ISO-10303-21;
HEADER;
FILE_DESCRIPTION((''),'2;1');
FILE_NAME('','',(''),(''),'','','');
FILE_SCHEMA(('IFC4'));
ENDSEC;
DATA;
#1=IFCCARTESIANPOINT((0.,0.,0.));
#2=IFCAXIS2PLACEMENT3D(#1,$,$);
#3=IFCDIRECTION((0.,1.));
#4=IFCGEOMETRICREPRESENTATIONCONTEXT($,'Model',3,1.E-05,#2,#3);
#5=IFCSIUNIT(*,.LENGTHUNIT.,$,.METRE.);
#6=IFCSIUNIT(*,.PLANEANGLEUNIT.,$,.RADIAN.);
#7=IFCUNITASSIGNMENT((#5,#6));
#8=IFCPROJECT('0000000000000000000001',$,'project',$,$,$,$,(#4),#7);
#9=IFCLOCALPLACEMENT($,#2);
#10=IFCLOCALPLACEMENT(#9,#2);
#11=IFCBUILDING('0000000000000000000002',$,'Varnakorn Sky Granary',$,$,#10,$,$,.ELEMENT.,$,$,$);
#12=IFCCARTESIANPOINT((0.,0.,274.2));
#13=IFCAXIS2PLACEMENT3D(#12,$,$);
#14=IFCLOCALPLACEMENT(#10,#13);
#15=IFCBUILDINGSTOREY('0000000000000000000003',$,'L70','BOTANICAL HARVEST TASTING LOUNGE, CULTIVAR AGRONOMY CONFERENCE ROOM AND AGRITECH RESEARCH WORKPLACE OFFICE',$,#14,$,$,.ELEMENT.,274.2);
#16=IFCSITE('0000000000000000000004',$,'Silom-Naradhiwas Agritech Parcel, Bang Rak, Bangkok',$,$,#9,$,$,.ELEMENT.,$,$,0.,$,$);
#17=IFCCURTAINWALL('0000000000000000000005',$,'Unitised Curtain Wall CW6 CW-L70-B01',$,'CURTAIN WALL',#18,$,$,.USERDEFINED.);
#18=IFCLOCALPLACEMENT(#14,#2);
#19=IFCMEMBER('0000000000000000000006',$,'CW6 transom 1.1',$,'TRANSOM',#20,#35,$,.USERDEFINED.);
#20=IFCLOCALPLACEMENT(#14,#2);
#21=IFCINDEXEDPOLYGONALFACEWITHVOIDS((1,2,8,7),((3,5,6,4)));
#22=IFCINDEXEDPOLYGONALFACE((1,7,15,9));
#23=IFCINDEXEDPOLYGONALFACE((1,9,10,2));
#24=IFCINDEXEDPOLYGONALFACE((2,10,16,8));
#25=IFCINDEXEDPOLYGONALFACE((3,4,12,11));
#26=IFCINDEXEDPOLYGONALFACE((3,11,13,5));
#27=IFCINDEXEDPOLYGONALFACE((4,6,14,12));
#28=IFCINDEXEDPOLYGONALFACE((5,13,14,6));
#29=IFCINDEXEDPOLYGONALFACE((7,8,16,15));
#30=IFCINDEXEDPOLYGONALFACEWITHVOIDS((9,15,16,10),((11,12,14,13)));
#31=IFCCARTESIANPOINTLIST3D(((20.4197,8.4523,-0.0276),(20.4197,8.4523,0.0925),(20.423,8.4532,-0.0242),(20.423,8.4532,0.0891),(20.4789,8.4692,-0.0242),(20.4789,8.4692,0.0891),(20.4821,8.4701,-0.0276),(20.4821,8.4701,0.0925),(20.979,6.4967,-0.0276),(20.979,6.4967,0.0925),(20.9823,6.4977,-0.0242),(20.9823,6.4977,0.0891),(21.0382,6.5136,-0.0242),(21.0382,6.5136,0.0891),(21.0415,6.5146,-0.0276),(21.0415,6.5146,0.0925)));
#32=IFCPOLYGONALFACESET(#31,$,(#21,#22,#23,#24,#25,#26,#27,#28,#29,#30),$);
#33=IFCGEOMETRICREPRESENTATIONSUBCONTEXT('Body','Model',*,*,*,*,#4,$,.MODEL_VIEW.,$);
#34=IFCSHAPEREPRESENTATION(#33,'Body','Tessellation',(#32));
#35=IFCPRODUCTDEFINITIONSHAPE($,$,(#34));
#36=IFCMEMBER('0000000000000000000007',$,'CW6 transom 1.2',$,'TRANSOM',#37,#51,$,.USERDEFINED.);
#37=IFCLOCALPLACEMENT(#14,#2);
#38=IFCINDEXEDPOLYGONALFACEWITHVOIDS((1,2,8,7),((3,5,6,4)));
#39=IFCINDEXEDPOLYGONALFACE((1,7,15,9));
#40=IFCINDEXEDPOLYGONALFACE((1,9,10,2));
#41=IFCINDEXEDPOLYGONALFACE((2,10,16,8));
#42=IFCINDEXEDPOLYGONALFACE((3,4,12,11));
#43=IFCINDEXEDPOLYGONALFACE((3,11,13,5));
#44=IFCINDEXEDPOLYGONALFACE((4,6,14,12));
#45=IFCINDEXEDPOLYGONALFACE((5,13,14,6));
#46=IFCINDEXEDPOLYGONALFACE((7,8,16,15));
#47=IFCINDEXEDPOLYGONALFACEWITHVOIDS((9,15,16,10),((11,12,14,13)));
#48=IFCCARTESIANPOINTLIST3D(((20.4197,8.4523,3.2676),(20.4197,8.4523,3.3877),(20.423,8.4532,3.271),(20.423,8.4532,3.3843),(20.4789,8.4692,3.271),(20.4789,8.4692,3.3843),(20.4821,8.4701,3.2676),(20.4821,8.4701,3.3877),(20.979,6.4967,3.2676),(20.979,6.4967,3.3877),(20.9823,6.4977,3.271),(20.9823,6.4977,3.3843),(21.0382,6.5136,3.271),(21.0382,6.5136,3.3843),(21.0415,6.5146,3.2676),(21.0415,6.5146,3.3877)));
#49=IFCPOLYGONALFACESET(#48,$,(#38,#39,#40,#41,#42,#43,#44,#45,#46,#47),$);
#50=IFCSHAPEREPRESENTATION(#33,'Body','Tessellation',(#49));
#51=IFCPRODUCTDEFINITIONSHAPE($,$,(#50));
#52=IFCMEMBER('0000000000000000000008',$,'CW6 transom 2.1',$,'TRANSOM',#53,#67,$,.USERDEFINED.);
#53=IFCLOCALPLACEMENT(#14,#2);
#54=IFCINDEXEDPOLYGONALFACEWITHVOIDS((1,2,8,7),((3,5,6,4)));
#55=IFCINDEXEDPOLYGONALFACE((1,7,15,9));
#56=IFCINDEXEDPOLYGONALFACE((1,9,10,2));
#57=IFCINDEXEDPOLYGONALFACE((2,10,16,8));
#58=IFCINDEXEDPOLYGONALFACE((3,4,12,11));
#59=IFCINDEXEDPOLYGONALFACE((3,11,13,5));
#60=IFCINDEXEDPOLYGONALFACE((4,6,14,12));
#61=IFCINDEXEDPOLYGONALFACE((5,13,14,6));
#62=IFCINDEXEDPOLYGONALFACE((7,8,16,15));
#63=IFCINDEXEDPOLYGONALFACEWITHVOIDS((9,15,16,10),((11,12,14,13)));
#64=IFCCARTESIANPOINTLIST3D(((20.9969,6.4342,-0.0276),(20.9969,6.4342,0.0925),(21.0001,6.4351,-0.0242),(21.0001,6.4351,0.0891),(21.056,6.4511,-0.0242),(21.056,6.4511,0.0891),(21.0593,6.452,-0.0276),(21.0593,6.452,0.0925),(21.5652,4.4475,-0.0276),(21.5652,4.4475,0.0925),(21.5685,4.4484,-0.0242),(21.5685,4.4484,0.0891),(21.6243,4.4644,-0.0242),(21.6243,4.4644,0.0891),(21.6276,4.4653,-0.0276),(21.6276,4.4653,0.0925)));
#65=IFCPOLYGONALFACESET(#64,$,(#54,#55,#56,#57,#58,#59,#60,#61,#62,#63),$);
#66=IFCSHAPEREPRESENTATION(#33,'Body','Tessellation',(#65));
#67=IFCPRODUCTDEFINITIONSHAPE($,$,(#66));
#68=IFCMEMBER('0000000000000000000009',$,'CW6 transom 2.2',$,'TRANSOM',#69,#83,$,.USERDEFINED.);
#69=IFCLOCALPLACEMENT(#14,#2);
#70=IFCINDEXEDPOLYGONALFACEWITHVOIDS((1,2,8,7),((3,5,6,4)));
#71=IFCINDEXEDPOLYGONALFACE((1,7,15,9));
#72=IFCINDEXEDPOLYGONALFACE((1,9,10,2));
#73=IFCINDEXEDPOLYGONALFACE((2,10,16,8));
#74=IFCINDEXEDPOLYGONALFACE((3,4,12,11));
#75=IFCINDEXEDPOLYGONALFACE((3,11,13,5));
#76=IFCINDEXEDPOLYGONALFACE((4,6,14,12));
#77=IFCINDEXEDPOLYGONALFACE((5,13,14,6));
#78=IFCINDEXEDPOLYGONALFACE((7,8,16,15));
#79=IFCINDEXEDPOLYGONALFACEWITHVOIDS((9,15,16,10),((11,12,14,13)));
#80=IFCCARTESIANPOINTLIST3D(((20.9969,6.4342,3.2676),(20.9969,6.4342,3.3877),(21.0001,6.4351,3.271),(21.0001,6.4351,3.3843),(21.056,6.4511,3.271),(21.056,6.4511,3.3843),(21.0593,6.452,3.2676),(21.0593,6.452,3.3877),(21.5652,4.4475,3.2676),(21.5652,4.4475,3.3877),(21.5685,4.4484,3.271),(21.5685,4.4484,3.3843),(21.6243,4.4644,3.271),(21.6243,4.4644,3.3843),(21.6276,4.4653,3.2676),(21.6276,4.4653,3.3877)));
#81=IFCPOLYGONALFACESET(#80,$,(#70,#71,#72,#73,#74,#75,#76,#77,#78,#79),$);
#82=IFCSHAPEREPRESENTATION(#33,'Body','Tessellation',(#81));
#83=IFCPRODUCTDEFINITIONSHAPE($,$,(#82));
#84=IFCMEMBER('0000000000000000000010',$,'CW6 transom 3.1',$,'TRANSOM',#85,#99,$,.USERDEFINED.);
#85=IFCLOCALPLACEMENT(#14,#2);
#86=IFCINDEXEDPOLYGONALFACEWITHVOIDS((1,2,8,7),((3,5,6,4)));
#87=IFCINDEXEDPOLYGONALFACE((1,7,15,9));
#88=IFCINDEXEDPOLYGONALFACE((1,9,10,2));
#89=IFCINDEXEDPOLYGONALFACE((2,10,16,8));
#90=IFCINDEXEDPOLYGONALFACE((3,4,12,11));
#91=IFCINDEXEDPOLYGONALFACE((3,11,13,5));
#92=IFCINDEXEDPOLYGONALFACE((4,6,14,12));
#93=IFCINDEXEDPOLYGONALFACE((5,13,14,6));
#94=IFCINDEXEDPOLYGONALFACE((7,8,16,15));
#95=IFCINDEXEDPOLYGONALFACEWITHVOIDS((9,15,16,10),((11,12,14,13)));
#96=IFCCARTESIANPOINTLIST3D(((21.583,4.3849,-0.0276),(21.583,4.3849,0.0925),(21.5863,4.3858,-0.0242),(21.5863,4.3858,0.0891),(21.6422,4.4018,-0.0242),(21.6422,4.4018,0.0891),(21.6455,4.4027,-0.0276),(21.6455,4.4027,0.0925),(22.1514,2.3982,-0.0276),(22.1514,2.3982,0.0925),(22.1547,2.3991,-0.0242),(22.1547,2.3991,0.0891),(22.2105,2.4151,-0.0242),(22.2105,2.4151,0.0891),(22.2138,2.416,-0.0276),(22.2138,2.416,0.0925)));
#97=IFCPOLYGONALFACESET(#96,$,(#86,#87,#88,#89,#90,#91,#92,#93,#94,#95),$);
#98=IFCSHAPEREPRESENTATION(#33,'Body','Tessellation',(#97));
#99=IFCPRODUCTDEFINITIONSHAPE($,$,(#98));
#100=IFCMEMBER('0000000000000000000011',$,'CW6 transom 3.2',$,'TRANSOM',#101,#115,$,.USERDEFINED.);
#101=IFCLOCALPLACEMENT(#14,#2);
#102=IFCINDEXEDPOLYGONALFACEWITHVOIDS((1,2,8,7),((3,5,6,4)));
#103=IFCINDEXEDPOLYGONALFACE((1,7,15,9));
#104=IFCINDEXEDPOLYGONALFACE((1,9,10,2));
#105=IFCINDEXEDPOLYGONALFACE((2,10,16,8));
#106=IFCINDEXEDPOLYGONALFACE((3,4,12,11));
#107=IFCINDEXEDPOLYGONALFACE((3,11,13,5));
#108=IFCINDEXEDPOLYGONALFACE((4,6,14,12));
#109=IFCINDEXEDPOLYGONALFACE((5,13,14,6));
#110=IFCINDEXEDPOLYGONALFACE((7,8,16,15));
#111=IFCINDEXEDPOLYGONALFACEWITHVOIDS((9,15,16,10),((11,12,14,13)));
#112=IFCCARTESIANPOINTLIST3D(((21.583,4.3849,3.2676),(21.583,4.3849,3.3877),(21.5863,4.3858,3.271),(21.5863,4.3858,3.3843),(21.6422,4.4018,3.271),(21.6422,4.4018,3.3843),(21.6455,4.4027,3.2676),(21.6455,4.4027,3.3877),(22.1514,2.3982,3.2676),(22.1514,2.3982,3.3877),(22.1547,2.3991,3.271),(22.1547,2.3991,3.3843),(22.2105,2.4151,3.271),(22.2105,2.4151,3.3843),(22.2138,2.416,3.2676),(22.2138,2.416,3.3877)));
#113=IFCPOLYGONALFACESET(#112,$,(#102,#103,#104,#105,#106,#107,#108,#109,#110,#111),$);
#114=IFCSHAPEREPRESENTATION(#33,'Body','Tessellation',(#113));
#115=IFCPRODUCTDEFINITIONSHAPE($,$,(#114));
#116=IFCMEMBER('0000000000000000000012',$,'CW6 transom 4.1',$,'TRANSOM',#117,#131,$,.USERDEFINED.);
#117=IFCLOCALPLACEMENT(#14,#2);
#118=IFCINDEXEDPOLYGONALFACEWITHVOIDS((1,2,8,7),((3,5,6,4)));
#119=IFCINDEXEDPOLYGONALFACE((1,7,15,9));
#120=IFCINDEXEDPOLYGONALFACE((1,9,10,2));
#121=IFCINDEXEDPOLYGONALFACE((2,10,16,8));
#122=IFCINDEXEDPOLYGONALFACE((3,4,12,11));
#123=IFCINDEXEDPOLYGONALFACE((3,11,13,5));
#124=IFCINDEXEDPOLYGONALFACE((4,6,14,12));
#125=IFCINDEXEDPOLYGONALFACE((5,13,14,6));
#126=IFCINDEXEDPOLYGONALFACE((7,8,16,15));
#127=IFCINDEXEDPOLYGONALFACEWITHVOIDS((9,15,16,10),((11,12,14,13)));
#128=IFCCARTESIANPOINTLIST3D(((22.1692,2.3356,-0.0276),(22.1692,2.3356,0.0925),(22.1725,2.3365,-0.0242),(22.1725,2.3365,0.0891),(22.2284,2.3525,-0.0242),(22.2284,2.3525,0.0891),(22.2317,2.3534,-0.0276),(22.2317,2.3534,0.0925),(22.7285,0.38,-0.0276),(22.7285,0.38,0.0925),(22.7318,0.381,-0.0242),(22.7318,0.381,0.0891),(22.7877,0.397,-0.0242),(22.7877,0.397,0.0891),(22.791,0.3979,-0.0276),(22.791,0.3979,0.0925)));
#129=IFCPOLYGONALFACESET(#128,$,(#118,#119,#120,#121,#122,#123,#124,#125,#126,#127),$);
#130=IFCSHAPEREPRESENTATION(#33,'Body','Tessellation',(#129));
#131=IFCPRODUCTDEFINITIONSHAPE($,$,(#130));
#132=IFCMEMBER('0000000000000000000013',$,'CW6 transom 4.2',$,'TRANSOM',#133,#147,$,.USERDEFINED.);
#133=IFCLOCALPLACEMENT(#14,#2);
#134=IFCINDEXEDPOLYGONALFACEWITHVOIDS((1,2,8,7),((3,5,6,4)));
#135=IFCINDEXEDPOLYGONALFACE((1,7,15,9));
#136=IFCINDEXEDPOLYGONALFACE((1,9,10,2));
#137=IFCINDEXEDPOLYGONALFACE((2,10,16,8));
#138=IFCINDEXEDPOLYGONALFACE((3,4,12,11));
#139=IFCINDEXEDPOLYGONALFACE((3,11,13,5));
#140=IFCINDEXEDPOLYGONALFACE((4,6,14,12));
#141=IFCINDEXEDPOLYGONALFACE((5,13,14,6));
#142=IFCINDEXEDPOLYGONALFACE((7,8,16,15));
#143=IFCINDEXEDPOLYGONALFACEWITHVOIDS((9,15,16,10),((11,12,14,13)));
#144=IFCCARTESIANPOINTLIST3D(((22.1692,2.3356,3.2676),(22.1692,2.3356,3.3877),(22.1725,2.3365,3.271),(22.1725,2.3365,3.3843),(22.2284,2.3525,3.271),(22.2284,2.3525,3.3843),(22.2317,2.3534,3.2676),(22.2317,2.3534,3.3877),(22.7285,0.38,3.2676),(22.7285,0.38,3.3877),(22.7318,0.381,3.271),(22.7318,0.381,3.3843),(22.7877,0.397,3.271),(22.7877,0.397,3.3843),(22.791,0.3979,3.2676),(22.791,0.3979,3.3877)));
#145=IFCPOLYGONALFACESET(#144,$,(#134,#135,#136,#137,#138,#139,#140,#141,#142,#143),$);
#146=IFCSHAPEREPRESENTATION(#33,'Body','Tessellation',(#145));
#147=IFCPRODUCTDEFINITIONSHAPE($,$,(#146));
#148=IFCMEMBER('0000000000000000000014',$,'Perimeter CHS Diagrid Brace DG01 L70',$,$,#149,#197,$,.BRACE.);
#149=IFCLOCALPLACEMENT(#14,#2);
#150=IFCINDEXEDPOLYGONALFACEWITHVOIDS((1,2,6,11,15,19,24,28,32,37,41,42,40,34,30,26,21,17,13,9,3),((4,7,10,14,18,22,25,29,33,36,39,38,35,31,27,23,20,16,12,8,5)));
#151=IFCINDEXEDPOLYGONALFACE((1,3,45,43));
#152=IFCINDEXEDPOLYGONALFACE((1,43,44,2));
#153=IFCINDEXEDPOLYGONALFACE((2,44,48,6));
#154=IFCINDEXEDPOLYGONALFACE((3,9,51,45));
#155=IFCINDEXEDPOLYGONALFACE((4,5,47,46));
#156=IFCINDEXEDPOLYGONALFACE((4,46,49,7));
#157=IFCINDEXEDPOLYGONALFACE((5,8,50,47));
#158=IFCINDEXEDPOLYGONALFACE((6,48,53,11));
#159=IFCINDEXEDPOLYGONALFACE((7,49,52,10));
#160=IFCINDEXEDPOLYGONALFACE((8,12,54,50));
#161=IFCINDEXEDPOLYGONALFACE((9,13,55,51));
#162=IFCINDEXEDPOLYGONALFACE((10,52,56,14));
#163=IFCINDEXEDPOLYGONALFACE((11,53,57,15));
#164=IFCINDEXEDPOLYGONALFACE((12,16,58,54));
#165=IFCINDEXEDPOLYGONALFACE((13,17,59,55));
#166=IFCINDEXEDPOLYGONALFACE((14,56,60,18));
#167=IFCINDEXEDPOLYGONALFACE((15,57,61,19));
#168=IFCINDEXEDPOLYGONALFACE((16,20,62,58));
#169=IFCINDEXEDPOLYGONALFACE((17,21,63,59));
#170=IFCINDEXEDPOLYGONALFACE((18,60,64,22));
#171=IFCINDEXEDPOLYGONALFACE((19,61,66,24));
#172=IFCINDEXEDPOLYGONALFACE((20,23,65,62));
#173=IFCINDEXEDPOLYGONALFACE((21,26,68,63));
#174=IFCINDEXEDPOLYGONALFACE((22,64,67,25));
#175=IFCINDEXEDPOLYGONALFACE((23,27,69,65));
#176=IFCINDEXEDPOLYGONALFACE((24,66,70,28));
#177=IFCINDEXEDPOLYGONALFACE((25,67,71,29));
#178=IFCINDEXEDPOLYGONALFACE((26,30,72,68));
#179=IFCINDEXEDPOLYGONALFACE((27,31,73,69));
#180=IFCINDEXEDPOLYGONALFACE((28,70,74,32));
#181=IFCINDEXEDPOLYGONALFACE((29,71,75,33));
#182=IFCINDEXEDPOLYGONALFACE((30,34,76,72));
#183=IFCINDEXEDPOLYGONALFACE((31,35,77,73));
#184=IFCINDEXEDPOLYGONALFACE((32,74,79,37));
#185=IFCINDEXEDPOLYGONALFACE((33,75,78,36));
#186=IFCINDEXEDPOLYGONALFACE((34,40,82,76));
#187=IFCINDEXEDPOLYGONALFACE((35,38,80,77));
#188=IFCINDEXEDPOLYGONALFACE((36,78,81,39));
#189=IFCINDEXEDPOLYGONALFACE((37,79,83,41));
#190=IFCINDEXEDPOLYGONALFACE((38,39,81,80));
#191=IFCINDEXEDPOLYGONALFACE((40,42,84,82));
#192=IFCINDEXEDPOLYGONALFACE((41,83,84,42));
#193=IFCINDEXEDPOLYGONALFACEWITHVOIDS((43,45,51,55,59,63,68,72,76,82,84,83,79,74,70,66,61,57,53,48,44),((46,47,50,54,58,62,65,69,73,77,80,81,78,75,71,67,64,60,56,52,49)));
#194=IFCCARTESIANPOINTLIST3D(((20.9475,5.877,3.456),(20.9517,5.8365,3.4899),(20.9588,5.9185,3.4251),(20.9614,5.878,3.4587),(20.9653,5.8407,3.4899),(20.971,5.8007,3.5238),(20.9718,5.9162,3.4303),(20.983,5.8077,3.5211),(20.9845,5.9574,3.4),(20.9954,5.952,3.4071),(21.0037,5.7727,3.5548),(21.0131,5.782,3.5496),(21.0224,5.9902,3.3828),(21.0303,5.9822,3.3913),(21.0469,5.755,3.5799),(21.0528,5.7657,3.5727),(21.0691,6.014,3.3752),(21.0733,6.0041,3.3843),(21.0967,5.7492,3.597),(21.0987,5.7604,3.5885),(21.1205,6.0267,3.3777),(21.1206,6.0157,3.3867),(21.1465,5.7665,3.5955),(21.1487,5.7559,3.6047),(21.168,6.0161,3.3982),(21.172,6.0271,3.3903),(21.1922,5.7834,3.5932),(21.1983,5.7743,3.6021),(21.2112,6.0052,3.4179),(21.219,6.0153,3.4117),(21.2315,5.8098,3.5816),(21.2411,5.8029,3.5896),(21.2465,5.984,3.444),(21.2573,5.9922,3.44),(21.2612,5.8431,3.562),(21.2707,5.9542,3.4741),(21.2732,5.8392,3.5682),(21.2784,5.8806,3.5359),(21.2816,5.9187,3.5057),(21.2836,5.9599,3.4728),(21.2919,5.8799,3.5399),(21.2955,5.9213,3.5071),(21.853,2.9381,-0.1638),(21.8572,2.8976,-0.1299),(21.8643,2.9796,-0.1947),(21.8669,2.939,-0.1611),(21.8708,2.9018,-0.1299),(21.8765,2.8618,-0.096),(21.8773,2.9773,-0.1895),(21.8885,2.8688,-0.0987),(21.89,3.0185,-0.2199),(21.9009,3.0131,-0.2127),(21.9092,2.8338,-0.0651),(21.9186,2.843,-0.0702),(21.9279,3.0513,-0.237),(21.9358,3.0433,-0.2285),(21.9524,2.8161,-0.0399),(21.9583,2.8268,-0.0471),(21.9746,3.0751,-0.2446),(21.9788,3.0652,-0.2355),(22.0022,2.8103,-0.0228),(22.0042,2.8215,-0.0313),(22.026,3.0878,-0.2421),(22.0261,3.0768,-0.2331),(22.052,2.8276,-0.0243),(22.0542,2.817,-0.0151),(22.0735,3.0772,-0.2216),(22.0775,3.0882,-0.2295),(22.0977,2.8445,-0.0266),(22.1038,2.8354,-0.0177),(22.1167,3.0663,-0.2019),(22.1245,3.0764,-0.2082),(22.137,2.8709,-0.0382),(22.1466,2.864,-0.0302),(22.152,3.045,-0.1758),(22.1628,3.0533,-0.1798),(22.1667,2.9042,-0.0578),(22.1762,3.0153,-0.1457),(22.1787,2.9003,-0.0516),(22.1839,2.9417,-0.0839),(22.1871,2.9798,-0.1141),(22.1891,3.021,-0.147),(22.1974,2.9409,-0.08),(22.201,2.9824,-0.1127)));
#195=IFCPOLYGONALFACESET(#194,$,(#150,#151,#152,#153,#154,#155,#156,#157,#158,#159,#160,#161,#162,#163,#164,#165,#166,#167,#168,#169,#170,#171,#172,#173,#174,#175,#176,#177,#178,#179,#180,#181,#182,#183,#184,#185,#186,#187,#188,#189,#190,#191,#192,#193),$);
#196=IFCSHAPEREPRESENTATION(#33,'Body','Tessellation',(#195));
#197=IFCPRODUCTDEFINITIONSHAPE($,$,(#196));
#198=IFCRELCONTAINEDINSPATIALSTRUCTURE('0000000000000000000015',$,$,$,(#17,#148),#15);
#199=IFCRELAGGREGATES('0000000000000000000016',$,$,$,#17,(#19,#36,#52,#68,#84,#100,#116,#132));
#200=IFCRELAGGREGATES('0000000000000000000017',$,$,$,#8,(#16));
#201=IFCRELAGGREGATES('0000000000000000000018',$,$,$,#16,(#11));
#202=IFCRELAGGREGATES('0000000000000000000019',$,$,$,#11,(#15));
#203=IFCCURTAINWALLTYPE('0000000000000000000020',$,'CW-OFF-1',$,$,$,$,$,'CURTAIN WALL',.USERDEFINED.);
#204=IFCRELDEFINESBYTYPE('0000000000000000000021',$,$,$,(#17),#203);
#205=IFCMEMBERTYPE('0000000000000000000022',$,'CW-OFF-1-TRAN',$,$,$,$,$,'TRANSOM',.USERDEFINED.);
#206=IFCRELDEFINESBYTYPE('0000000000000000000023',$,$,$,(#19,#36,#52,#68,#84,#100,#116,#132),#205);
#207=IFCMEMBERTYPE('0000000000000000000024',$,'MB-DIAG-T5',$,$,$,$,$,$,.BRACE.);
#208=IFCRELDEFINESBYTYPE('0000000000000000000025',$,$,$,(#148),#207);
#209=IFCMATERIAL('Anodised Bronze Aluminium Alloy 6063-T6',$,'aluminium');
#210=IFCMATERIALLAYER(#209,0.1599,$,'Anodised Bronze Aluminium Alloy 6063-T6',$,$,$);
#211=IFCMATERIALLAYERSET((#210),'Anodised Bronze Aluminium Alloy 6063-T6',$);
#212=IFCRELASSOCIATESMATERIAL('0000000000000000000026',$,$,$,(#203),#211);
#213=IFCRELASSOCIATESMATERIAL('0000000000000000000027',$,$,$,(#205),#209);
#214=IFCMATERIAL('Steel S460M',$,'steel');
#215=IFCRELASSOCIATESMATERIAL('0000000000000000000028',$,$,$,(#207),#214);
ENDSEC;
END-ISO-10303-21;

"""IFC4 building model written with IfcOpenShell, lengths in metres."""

from ifc_helpers import new_model, si_unit, direction, frame, origin, origin_2d, place, context, subcontext, project, spatial, hollow_rectangle, hollow_circle, extrude, material, layer, layer_set, material_profile, profile_set, type_object, element, aggregate, save


model = new_model("IFC4")

# Units and contexts
model_context = context("Model", 3, precision=1e-05, world=origin(), true_north=direction((0.0, 1.0)))
body_context = subcontext(model_context, "Body", "Model", "MODEL_VIEW")
ifc_project = project(units=[si_unit("LENGTHUNIT", "METRE"), si_unit("PLANEANGLEUNIT", "RADIAN")], contexts=[model_context])

# Site, building, storey
site_placement = place(None, origin())
site = spatial("IfcSite", under=ifc_project, at=site_placement, Name="Silom-Naradhiwas Agritech Parcel, Bang Rak, Bangkok", CompositionType="ELEMENT", RefElevation=0.0)
building_placement = place(site_placement, origin())
building = spatial("IfcBuilding", under=site, at=building_placement, Name="Varnakorn Sky Granary", CompositionType="ELEMENT")
storey_placement = place(building_placement, frame((0.0, 0.0, 274.2)))
storey = spatial("IfcBuildingStorey", under=building, at=storey_placement, Name="L70", Description="BOTANICAL HARVEST TASTING LOUNGE, CULTIVAR AGRONOMY CONFERENCE ROOM AND AGRITECH RESEARCH WORKPLACE OFFICE", CompositionType="ELEMENT", Elevation=274.2)

# Shared definitions
ifc_material_1 = material(Name="Steel S460M", Category="steel")

# Curtain wall
ifc_material_2 = material(Name="Anodised Bronze Aluminium Alloy 6063-T6", Category="aluminium")
ifc_layer_1 = layer(ifc_material_2, 0.1599, Name="Anodised Bronze Aluminium Alloy 6063-T6")
ifc_layer_set_1 = layer_set([ifc_layer_1], Name="Anodised Bronze Aluminium Alloy 6063-T6")
curtain_wall_type = type_object("IfcCurtainWallType", Name="CW-OFF-1", ElementType="CURTAIN WALL", PredefinedType="USERDEFINED", material=ifc_layer_set_1)
curtain_wall_1_placement = place(storey_placement, origin())
curtain_wall_1 = element("IfcCurtainWall", 1, at=curtain_wall_1_placement, inside=storey, type_object=curtain_wall_type, Name="Unitised Curtain Wall CW6 CW-L70-B01", ObjectType="CURTAIN WALL", PredefinedType="USERDEFINED")

# Members
ifc_material_profile_1 = material_profile(ifc_material_2, hollow_rectangle(XDim=0.0649, YDim=0.1201, WallThickness=0.0034, at=origin_2d()), Name="ALU TRAN 65x120")
ifc_profile_set_1 = profile_set([ifc_material_profile_1], Name="Anodised Bronze Aluminium Alloy 6063-T6")
member_type_1 = type_object("IfcMemberType", Name="CW-OFF-1-TRAN", ElementType="TRANSOM", PredefinedType="USERDEFINED", material=ifc_profile_set_1)
member_1_placement = place(storey_placement, frame((20.4509, 8.4612, 0.0325), z_axis=(0.274991, -0.961447, 0.0), x_axis=(0.961447, 0.274991, 0.0)))
member_1 = element("IfcMember", 2, at=member_1_placement, type_object=member_type_1, Name="CW6 transom 1.1", ObjectType="TRANSOM", PredefinedType="USERDEFINED", context=body_context, shape_type="SweptSolid", body=[
    extrude(hollow_rectangle(XDim=0.0649, YDim=0.1201, WallThickness=0.0034, at=origin_2d()), origin(), (0.0, 0.0, 1.0), 2.0339),
])
member_2_placement = place(storey_placement, frame((20.4509, 8.4612, 3.3276), z_axis=(0.274991, -0.961447, 0.0), x_axis=(0.961447, 0.274991, 0.0)))
member_2 = element("IfcMember", 3, at=member_2_placement, type_object=member_type_1, Name="CW6 transom 1.2", ObjectType="TRANSOM", PredefinedType="USERDEFINED", context=body_context, shape_type="SweptSolid", body=[
    extrude(hollow_rectangle(XDim=0.0649, YDim=0.1201, WallThickness=0.0034, at=origin_2d()), origin(), (0.0, 0.0, 1.0), 2.0339),
])
member_3_placement = place(storey_placement, frame((21.0281, 6.4431, 0.0325), z_axis=(0.275033, -0.961435, 0.0), x_axis=(0.961435, 0.275033, 0.0)))
member_3 = element("IfcMember", 4, at=member_3_placement, type_object=member_type_1, Name="CW6 transom 2.1", ObjectType="TRANSOM", PredefinedType="USERDEFINED", context=body_context, shape_type="SweptSolid", body=[
    extrude(hollow_rectangle(XDim=0.0649, YDim=0.1201, WallThickness=0.0034, at=origin_2d()), origin(), (0.0, 0.0, 1.0), 2.0664),
])
member_4_placement = place(storey_placement, frame((21.0281, 6.4431, 3.3276), z_axis=(0.275033, -0.961435, 0.0), x_axis=(0.961435, 0.275033, 0.0)))
member_4 = element("IfcMember", 5, at=member_4_placement, type_object=member_type_1, Name="CW6 transom 2.2", ObjectType="TRANSOM", PredefinedType="USERDEFINED", context=body_context, shape_type="SweptSolid", body=[
    extrude(hollow_rectangle(XDim=0.0649, YDim=0.1201, WallThickness=0.0034, at=origin_2d()), origin(), (0.0, 0.0, 1.0), 2.0664),
])
member_5_placement = place(storey_placement, frame((21.6143, 4.3938, 0.0325), z_axis=(0.275033, -0.961435, 0.0), x_axis=(0.961435, 0.275033, 0.0)))
member_5 = element("IfcMember", 6, at=member_5_placement, type_object=member_type_1, Name="CW6 transom 3.1", ObjectType="TRANSOM", PredefinedType="USERDEFINED", context=body_context, shape_type="SweptSolid", body=[
    extrude(hollow_rectangle(XDim=0.0649, YDim=0.1201, WallThickness=0.0034, at=origin_2d()), origin(), (0.0, 0.0, 1.0), 2.0664),
])
member_6_placement = place(storey_placement, frame((21.6143, 4.3938, 3.3276), z_axis=(0.275033, -0.961435, 0.0), x_axis=(0.961435, 0.275033, 0.0)))
member_6 = element("IfcMember", 7, at=member_6_placement, type_object=member_type_1, Name="CW6 transom 3.2", ObjectType="TRANSOM", PredefinedType="USERDEFINED", context=body_context, shape_type="SweptSolid", body=[
    extrude(hollow_rectangle(XDim=0.0649, YDim=0.1201, WallThickness=0.0034, at=origin_2d()), origin(), (0.0, 0.0, 1.0), 2.0664),
])
member_7_placement = place(storey_placement, frame((22.2004, 2.3445, 0.0325), z_axis=(0.274991, -0.961447, 0.0), x_axis=(0.961447, 0.274991, 0.0)))
member_7 = element("IfcMember", 8, at=member_7_placement, type_object=member_type_1, Name="CW6 transom 4.1", ObjectType="TRANSOM", PredefinedType="USERDEFINED", context=body_context, shape_type="SweptSolid", body=[
    extrude(hollow_rectangle(XDim=0.0649, YDim=0.1201, WallThickness=0.0034, at=origin_2d()), origin(), (0.0, 0.0, 1.0), 2.0339),
])
member_8_placement = place(storey_placement, frame((22.2004, 2.3445, 3.3276), z_axis=(0.274991, -0.961447, 0.0), x_axis=(0.961447, 0.274991, 0.0)))
member_8 = element("IfcMember", 9, at=member_8_placement, type_object=member_type_1, Name="CW6 transom 4.2", ObjectType="TRANSOM", PredefinedType="USERDEFINED", context=body_context, shape_type="SweptSolid", body=[
    extrude(hollow_rectangle(XDim=0.0649, YDim=0.1201, WallThickness=0.0034, at=origin_2d()), origin(), (0.0, 0.0, 1.0), 2.0339),
])
ifc_material_profile_2 = material_profile(ifc_material_1, hollow_circle(Radius=0.1777, WallThickness=0.0142, at=origin_2d()), Name="CHS 355.6x14")
ifc_profile_set_2 = profile_set([ifc_material_profile_2], Name="Steel S460M")
member_type_2 = type_object("IfcMemberType", Name="MB-DIAG-T5", PredefinedType="BRACE", material=ifc_profile_set_2)
member_9_placement = place(storey_placement, frame((22.0271, 2.95, -0.1299), z_axis=(-0.190642, 0.618751, 0.762105), x_axis=(-0.955667, -0.294448, 0.0)))
element("IfcMember", 10, at=member_9_placement, inside=storey, type_object=member_type_2, Name="Perimeter CHS Diagrid Brace DG01 L70", PredefinedType="BRACE", context=body_context, shape_type="SweptSolid", body=[
    extrude(hollow_circle(Radius=0.1777, WallThickness=0.0142, at=origin_2d()), origin(), (0.0, 0.0, 1.0), 4.7498),
])

aggregate(curtain_wall_1, [member_1, member_2, member_3, member_4, member_5, member_6, member_7, member_8])

save(model, "model.ifc")
